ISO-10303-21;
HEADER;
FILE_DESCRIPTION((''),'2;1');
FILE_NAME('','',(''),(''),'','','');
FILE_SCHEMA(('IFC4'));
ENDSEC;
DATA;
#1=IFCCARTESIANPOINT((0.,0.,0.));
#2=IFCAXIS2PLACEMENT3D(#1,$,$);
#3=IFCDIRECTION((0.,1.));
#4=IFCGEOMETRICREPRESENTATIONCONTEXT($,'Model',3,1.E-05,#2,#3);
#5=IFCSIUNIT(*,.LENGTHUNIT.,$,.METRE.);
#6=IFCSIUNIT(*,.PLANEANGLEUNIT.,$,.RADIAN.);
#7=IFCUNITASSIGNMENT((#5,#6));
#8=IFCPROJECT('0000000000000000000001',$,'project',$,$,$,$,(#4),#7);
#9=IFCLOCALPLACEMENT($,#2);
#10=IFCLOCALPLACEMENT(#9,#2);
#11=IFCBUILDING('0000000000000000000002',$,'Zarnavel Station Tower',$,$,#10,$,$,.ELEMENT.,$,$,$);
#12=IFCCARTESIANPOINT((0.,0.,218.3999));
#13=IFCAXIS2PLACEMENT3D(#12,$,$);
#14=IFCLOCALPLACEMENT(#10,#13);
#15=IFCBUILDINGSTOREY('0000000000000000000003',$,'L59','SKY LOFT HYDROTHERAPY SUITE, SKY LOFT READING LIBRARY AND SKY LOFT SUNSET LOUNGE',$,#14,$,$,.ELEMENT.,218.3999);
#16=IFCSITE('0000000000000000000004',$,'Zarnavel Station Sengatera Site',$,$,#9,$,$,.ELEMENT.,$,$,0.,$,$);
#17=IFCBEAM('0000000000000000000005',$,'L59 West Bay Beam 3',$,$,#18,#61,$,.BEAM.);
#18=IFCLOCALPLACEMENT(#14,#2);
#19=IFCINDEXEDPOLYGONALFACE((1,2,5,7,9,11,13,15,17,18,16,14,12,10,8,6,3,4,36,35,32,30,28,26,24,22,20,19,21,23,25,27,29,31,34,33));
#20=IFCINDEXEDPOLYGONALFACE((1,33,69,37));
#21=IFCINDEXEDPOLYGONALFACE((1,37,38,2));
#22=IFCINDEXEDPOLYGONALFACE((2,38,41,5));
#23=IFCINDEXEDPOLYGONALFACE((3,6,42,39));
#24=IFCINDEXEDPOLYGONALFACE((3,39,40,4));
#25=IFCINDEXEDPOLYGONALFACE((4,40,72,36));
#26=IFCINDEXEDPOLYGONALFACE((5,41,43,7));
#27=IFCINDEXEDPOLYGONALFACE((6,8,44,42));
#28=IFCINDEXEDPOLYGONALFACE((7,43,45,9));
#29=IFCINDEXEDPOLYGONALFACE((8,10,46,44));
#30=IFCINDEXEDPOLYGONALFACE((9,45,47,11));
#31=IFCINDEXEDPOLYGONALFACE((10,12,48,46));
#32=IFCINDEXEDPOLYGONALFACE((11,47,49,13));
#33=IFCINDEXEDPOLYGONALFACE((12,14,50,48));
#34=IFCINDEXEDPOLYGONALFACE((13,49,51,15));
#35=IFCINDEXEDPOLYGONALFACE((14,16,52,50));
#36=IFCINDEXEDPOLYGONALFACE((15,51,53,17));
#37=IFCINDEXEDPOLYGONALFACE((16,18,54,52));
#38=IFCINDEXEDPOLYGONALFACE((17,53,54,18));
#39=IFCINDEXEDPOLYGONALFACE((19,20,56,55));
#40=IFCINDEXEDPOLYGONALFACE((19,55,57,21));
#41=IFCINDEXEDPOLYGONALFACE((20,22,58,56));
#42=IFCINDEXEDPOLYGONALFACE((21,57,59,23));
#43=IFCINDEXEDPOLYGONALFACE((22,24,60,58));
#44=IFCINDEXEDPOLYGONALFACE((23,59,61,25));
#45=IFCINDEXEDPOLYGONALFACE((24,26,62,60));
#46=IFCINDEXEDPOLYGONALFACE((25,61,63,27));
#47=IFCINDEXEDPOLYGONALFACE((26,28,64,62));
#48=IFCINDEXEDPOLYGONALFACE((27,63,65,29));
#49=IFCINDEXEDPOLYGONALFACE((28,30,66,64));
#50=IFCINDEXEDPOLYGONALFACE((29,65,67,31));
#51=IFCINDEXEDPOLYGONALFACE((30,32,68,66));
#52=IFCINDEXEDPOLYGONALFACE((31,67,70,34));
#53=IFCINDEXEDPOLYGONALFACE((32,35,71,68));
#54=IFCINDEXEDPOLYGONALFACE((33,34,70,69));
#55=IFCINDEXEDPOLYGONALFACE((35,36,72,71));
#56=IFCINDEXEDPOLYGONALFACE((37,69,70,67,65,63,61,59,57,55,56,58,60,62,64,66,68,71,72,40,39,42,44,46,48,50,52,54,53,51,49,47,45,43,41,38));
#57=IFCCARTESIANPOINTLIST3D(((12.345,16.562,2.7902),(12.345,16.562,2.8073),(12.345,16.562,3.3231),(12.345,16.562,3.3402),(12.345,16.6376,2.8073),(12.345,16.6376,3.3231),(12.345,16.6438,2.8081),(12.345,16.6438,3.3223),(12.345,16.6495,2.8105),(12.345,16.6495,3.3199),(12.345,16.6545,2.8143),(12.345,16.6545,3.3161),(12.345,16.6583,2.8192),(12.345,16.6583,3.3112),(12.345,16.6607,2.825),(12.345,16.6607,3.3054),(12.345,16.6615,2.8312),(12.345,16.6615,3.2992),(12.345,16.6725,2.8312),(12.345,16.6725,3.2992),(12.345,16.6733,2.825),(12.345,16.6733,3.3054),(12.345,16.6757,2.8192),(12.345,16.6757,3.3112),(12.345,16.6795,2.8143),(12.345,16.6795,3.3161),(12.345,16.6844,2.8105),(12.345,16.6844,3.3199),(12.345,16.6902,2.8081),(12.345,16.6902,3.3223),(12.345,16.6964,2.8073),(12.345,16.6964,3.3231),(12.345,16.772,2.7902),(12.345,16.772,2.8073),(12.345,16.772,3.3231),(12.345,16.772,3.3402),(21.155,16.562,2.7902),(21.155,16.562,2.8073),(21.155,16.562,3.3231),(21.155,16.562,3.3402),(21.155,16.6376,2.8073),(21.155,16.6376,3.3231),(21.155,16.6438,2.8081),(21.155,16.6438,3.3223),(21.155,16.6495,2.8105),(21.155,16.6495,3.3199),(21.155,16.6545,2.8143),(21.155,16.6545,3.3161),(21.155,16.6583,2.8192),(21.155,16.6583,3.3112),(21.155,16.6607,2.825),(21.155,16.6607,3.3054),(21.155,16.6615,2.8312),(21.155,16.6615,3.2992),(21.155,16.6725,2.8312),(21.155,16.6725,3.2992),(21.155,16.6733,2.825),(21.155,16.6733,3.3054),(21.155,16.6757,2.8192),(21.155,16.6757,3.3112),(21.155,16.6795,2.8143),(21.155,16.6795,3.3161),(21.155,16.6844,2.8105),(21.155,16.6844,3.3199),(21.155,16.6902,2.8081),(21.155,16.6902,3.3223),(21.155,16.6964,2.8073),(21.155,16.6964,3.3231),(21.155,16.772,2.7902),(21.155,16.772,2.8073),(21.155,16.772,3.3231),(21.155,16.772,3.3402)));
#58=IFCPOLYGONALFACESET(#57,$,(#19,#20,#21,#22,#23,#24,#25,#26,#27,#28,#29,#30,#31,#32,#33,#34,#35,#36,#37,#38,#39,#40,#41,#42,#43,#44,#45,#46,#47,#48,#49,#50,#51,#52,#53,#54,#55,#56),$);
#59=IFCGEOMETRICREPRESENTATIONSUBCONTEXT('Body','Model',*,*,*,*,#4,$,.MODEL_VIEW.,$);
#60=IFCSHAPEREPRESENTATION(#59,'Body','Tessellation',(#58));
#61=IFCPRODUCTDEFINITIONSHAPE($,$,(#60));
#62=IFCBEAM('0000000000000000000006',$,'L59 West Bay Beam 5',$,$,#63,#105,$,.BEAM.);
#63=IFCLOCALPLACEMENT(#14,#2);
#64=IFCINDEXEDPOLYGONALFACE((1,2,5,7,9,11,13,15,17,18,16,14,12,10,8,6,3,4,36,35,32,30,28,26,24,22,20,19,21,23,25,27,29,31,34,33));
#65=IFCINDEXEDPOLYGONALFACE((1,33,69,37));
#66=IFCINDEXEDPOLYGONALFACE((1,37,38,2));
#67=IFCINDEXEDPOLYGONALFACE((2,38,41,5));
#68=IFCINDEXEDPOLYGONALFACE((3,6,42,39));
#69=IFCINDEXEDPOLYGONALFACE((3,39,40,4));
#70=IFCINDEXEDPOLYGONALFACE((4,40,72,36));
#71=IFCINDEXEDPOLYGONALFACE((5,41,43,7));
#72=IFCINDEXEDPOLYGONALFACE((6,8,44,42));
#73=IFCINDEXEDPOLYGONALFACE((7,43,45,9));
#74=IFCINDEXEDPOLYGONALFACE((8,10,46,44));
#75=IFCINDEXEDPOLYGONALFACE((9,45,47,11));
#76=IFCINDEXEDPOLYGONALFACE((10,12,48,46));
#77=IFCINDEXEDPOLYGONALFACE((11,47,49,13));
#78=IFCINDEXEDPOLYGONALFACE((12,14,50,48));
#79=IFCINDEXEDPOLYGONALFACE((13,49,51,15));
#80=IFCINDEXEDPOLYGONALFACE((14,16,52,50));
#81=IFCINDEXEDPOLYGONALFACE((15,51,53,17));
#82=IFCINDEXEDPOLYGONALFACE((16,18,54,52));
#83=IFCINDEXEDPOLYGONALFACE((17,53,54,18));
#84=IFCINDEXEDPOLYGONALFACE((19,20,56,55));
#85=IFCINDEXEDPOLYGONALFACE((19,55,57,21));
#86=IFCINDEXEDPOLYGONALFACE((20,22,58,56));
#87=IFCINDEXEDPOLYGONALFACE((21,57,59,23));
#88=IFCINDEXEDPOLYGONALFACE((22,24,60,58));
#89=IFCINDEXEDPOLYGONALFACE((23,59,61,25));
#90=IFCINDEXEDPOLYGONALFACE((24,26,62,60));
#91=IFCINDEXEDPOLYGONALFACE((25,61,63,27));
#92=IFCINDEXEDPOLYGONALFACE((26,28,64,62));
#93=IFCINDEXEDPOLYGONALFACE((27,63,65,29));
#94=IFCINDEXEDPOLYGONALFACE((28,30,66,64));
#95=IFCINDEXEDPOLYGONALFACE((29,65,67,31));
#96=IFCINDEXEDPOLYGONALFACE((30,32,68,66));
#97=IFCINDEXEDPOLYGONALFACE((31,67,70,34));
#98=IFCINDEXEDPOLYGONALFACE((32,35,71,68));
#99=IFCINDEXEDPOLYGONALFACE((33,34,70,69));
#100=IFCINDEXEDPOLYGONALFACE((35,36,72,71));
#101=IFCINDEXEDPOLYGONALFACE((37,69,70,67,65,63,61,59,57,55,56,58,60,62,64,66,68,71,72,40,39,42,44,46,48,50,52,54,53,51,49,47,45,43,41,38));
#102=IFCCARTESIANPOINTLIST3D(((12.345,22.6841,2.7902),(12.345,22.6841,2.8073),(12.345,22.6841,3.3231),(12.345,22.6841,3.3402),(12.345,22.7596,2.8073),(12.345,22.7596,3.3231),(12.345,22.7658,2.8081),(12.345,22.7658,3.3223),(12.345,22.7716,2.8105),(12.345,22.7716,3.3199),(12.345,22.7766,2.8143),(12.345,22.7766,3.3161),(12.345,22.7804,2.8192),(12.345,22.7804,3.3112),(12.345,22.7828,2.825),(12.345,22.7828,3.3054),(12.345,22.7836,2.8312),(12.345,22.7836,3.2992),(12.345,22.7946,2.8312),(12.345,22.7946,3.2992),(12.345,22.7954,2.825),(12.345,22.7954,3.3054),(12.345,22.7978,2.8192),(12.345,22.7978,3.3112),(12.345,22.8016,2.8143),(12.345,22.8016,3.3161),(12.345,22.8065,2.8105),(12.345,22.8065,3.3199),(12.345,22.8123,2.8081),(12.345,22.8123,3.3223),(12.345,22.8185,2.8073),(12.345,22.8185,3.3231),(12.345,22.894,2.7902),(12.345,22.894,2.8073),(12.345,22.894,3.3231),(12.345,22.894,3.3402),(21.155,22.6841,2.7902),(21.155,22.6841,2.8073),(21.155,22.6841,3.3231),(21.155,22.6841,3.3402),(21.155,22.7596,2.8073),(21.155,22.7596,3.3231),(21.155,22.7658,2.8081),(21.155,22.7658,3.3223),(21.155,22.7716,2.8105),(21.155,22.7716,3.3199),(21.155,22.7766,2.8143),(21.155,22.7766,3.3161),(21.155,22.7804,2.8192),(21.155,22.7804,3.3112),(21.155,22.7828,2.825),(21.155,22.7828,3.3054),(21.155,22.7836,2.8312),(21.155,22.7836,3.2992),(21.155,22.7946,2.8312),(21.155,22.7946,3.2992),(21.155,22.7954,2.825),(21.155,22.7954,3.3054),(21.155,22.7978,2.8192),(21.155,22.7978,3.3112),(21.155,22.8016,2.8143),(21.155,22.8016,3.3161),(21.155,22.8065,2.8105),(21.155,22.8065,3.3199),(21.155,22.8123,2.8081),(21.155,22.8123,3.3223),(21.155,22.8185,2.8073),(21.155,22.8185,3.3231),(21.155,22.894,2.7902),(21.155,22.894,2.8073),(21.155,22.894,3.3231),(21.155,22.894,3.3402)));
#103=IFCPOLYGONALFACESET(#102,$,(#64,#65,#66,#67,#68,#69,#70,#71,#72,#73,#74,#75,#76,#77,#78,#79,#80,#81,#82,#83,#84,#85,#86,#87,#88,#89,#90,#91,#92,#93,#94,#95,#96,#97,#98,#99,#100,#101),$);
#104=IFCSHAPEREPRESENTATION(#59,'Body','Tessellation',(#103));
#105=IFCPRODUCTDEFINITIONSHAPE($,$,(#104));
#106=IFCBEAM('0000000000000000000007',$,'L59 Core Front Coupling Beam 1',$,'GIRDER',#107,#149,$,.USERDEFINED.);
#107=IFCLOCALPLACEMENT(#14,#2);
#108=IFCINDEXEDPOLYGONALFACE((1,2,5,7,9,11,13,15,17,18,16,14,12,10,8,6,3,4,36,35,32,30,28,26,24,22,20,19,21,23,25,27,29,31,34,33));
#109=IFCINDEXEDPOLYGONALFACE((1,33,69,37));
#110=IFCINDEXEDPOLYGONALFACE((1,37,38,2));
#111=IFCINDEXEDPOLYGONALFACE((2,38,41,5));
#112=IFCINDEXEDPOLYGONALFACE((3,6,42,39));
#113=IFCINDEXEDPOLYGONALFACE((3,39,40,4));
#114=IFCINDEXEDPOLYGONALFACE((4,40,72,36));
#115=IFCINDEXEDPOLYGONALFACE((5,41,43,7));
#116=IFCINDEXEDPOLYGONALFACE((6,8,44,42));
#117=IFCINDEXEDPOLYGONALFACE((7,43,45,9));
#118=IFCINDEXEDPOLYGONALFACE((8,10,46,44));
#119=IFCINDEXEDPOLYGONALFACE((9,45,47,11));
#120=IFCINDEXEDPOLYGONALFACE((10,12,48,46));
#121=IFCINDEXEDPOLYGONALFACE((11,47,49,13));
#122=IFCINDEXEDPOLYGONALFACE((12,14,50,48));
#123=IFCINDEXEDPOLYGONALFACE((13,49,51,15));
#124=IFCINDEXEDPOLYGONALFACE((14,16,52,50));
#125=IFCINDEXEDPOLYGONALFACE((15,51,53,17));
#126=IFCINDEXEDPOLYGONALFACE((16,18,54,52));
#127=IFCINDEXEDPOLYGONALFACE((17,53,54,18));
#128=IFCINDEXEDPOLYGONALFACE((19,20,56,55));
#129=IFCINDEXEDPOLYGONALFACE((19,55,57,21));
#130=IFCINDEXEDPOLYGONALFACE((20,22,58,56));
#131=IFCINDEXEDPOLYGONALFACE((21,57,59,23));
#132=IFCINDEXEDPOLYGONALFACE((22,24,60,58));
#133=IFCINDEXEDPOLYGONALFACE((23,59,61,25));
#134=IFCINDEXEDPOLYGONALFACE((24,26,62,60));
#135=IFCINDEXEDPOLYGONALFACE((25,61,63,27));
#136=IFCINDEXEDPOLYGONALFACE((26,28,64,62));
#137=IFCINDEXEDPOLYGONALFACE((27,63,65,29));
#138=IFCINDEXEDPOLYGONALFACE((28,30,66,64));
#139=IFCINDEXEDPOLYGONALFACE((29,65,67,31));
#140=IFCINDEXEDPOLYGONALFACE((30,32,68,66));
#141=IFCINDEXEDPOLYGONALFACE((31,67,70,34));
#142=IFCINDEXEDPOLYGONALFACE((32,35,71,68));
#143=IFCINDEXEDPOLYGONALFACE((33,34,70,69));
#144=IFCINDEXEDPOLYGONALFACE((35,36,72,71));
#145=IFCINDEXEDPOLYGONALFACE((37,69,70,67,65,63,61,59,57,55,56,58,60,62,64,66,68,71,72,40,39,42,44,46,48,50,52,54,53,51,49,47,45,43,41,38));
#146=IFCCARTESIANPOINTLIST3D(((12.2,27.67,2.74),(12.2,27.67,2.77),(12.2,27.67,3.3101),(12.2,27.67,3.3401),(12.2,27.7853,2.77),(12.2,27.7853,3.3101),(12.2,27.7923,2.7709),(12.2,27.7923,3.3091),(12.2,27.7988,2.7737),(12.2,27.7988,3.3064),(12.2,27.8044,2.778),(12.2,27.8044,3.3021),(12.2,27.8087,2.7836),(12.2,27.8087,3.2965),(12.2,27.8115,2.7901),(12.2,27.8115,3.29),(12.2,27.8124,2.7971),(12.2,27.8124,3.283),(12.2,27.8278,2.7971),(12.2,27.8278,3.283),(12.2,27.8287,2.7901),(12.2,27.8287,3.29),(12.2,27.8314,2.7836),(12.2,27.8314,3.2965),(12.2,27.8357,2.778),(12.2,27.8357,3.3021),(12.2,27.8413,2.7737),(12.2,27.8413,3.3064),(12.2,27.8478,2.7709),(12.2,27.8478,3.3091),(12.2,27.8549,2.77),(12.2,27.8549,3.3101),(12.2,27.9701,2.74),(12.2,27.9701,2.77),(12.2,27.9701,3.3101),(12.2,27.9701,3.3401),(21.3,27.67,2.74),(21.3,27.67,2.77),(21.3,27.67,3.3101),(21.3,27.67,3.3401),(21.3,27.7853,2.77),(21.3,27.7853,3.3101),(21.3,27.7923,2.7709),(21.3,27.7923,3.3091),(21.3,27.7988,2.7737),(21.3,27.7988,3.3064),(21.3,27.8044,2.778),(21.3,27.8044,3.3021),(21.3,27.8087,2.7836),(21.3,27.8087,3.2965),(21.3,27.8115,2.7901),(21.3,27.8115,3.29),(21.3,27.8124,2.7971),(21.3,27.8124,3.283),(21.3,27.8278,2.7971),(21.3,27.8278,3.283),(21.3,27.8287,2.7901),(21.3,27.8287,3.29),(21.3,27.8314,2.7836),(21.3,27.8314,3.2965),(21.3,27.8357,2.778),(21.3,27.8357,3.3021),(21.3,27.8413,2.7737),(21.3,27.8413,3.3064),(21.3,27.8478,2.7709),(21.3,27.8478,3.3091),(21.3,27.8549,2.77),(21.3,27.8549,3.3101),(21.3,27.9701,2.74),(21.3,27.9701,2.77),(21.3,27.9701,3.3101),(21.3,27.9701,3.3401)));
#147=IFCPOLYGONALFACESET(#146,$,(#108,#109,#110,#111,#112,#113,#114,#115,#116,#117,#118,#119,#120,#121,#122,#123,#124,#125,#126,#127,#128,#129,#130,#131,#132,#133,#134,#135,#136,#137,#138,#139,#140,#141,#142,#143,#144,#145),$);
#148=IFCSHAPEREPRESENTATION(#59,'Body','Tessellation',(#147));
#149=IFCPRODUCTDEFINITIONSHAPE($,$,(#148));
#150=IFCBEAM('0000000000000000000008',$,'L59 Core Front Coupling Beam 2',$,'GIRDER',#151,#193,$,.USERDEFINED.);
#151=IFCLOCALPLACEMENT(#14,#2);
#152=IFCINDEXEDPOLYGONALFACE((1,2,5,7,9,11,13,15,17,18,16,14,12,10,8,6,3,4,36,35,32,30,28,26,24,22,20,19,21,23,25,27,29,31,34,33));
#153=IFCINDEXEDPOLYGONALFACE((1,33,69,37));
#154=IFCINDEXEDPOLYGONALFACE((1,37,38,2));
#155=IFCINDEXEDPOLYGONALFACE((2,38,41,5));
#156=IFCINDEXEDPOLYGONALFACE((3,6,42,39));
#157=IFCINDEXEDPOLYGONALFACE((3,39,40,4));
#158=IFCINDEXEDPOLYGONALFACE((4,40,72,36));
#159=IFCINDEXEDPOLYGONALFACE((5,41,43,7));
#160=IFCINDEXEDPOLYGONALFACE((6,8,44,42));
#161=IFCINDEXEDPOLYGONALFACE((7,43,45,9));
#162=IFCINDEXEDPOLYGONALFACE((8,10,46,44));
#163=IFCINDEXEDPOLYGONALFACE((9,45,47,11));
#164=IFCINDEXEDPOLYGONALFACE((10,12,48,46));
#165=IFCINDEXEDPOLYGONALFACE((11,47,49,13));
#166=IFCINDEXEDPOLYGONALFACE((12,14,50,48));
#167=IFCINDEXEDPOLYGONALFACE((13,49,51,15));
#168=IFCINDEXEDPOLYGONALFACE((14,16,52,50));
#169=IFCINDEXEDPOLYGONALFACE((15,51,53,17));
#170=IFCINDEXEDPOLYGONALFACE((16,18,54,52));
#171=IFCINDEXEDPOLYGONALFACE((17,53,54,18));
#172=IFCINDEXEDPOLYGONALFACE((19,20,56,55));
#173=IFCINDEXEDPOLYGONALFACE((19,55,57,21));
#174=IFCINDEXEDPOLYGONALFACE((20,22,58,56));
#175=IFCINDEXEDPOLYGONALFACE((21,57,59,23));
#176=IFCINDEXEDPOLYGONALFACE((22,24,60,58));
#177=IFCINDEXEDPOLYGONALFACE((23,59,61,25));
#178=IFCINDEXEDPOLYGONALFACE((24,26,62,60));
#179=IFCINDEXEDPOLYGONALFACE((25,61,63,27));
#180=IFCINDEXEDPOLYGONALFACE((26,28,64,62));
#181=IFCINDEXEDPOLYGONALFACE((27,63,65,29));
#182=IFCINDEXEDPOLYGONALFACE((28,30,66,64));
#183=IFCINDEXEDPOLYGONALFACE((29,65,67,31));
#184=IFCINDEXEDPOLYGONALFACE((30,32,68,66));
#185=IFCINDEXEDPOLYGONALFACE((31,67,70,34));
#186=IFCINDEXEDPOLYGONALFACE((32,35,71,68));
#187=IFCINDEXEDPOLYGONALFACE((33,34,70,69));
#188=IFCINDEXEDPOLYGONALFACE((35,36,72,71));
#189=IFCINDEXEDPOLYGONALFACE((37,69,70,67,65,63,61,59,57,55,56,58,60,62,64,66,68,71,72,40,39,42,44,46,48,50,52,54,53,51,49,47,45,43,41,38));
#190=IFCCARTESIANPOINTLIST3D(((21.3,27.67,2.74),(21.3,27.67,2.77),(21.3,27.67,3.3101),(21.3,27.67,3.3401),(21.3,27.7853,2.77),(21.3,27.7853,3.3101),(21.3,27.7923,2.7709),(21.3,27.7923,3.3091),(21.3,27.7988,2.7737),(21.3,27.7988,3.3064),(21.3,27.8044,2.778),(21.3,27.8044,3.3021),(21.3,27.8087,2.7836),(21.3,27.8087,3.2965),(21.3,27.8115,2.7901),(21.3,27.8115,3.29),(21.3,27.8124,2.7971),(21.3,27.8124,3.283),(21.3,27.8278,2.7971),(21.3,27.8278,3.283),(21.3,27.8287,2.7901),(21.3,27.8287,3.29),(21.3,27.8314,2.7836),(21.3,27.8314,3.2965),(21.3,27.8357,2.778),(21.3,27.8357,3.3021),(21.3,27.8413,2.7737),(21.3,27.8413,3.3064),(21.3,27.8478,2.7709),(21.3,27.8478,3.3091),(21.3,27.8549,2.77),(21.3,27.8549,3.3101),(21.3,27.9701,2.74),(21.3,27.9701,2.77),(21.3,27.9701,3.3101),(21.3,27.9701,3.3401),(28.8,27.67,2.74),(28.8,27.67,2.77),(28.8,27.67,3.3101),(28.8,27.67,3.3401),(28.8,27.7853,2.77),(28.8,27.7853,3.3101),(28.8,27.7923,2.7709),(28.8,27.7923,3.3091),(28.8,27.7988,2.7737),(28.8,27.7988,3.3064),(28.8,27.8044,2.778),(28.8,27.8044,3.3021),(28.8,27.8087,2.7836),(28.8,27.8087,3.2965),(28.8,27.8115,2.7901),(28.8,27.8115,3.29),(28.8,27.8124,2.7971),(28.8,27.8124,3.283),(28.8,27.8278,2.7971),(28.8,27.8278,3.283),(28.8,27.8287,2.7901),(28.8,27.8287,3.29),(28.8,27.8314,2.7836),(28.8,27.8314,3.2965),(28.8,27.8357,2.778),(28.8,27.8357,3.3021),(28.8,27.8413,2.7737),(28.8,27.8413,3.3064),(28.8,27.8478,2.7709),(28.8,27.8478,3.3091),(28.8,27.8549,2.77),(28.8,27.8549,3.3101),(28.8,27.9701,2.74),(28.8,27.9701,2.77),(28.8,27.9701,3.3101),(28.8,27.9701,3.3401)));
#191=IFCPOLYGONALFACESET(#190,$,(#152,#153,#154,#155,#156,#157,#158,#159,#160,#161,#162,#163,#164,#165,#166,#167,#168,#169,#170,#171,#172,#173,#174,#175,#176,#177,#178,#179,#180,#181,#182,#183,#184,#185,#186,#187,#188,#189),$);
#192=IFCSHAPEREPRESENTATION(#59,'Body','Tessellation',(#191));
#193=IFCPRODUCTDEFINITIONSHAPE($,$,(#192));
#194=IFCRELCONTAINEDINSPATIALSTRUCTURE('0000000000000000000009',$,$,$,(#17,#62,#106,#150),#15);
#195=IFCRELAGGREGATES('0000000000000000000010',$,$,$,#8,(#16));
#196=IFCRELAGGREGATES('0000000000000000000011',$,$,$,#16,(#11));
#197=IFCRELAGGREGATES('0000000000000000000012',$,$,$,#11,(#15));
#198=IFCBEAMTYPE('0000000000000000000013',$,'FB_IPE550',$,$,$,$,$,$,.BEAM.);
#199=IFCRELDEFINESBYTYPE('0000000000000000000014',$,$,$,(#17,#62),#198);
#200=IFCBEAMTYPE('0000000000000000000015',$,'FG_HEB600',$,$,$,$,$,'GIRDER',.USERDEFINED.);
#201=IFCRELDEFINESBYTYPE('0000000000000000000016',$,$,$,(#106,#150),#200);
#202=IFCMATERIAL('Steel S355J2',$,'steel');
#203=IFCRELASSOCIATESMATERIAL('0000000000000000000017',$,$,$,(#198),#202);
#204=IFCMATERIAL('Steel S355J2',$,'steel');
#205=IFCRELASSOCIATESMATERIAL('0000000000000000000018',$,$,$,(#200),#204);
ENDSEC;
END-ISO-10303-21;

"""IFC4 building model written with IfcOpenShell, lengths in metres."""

from ifc_helpers import new_model, si_unit, direction, frame, origin, origin_2d, place, context, subcontext, project, spatial, i_section, extrude, material, material_profile, profile_set, type_object, element, save


model = new_model("IFC4")

# Units and contexts
model_context = context("Model", 3, precision=1e-05, world=origin(), true_north=direction((0.0, 1.0)))
body_context = subcontext(model_context, "Body", "Model", "MODEL_VIEW")
ifc_project = project(units=[si_unit("LENGTHUNIT", "METRE"), si_unit("PLANEANGLEUNIT", "RADIAN")], contexts=[model_context])

# Site, building, storey
site_placement = place(None, origin())
site = spatial("IfcSite", under=ifc_project, at=site_placement, Name="Zarnavel Station Sengatera Site", CompositionType="ELEMENT", RefElevation=0.0)
building_placement = place(site_placement, origin())
building = spatial("IfcBuilding", under=site, at=building_placement, Name="Zarnavel Station Tower", CompositionType="ELEMENT")
storey_placement = place(building_placement, frame((0.0, 0.0, 218.3999)))
storey = spatial("IfcBuildingStorey", under=building, at=storey_placement, Name="L59", Description="SKY LOFT HYDROTHERAPY SUITE, SKY LOFT READING LIBRARY AND SKY LOFT SUNSET LOUNGE", CompositionType="ELEMENT", Elevation=218.3999)

# Beams
ifc_material_1 = material(Name="Steel S355J2", Category="steel")
ifc_material_profile_1 = material_profile(ifc_material_1, i_section(OverallWidth=0.21, OverallDepth=0.55, WebThickness=0.011, FlangeThickness=0.0171, FilletRadius=0.0239, at=origin_2d()), Name="IPE550")
ifc_profile_set_1 = profile_set([ifc_material_profile_1], Name="Steel S355J2")
beam_type_1 = type_object("IfcBeamType", Name="FB_IPE550", PredefinedType="BEAM", material=ifc_profile_set_1)
for number, where, z_axis, x_axis, name in (
    (1, (12.345, 16.667, 3.0652), (1.0, 0.0, 0.0), (0.0, 1.0, 0.0), "L59 West Bay Beam 3"),
    (2, (12.345, 22.7891, 3.0652), (1.0, 0.0, 0.0), (0.0, 1.0, 0.0), "L59 West Bay Beam 5"),
):
    element("IfcBeam", number, at=place(storey_placement, frame(where, z_axis=z_axis, x_axis=x_axis)), inside=storey, type_object=beam_type_1, Name=name, PredefinedType="BEAM", context=body_context, shape_type="SweptSolid", body=[
        extrude(i_section(OverallWidth=0.21, OverallDepth=0.55, WebThickness=0.011, FlangeThickness=0.0171, FilletRadius=0.0239, at=origin_2d()), origin(), (0.0, 0.0, 1.0), 8.8101),
    ])
ifc_material_2 = material(Name="Steel S355J2", Category="steel")
ifc_material_profile_2 = material_profile(ifc_material_2, i_section(OverallWidth=0.3, OverallDepth=0.6001, WebThickness=0.0154, FlangeThickness=0.03, FilletRadius=0.0271, at=origin_2d()), Name="HEB600")
ifc_profile_set_2 = profile_set([ifc_material_profile_2], Name="Steel S355J2")
beam_type_2 = type_object("IfcBeamType", Name="FG_HEB600", ElementType="GIRDER", PredefinedType="USERDEFINED", material=ifc_profile_set_2)
beam_1_placement = place(storey_placement, frame((12.2, 27.8201, 3.04), z_axis=(1.0, 0.0, 0.0), x_axis=(0.0, 1.0, 0.0)))
element("IfcBeam", 3, at=beam_1_placement, inside=storey, type_object=beam_type_2, Name="L59 Core Front Coupling Beam 1", ObjectType="GIRDER", PredefinedType="USERDEFINED", context=body_context, shape_type="SweptSolid", body=[
    extrude(i_section(OverallWidth=0.3, OverallDepth=0.6001, WebThickness=0.0154, FlangeThickness=0.03, FilletRadius=0.0271, at=origin_2d()), origin(), (0.0, 0.0, 1.0), 9.1001),
])
beam_2_placement = place(storey_placement, frame((21.3, 27.8201, 3.04), z_axis=(1.0, 0.0, 0.0), x_axis=(0.0, 1.0, 0.0)))
element("IfcBeam", 4, at=beam_2_placement, inside=storey, type_object=beam_type_2, Name="L59 Core Front Coupling Beam 2", ObjectType="GIRDER", PredefinedType="USERDEFINED", context=body_context, shape_type="SweptSolid", body=[
    extrude(i_section(OverallWidth=0.3, OverallDepth=0.6001, WebThickness=0.0154, FlangeThickness=0.03, FilletRadius=0.0271, at=origin_2d()), origin(), (0.0, 0.0, 1.0), 7.5),
])

save(model, "model.ifc")
